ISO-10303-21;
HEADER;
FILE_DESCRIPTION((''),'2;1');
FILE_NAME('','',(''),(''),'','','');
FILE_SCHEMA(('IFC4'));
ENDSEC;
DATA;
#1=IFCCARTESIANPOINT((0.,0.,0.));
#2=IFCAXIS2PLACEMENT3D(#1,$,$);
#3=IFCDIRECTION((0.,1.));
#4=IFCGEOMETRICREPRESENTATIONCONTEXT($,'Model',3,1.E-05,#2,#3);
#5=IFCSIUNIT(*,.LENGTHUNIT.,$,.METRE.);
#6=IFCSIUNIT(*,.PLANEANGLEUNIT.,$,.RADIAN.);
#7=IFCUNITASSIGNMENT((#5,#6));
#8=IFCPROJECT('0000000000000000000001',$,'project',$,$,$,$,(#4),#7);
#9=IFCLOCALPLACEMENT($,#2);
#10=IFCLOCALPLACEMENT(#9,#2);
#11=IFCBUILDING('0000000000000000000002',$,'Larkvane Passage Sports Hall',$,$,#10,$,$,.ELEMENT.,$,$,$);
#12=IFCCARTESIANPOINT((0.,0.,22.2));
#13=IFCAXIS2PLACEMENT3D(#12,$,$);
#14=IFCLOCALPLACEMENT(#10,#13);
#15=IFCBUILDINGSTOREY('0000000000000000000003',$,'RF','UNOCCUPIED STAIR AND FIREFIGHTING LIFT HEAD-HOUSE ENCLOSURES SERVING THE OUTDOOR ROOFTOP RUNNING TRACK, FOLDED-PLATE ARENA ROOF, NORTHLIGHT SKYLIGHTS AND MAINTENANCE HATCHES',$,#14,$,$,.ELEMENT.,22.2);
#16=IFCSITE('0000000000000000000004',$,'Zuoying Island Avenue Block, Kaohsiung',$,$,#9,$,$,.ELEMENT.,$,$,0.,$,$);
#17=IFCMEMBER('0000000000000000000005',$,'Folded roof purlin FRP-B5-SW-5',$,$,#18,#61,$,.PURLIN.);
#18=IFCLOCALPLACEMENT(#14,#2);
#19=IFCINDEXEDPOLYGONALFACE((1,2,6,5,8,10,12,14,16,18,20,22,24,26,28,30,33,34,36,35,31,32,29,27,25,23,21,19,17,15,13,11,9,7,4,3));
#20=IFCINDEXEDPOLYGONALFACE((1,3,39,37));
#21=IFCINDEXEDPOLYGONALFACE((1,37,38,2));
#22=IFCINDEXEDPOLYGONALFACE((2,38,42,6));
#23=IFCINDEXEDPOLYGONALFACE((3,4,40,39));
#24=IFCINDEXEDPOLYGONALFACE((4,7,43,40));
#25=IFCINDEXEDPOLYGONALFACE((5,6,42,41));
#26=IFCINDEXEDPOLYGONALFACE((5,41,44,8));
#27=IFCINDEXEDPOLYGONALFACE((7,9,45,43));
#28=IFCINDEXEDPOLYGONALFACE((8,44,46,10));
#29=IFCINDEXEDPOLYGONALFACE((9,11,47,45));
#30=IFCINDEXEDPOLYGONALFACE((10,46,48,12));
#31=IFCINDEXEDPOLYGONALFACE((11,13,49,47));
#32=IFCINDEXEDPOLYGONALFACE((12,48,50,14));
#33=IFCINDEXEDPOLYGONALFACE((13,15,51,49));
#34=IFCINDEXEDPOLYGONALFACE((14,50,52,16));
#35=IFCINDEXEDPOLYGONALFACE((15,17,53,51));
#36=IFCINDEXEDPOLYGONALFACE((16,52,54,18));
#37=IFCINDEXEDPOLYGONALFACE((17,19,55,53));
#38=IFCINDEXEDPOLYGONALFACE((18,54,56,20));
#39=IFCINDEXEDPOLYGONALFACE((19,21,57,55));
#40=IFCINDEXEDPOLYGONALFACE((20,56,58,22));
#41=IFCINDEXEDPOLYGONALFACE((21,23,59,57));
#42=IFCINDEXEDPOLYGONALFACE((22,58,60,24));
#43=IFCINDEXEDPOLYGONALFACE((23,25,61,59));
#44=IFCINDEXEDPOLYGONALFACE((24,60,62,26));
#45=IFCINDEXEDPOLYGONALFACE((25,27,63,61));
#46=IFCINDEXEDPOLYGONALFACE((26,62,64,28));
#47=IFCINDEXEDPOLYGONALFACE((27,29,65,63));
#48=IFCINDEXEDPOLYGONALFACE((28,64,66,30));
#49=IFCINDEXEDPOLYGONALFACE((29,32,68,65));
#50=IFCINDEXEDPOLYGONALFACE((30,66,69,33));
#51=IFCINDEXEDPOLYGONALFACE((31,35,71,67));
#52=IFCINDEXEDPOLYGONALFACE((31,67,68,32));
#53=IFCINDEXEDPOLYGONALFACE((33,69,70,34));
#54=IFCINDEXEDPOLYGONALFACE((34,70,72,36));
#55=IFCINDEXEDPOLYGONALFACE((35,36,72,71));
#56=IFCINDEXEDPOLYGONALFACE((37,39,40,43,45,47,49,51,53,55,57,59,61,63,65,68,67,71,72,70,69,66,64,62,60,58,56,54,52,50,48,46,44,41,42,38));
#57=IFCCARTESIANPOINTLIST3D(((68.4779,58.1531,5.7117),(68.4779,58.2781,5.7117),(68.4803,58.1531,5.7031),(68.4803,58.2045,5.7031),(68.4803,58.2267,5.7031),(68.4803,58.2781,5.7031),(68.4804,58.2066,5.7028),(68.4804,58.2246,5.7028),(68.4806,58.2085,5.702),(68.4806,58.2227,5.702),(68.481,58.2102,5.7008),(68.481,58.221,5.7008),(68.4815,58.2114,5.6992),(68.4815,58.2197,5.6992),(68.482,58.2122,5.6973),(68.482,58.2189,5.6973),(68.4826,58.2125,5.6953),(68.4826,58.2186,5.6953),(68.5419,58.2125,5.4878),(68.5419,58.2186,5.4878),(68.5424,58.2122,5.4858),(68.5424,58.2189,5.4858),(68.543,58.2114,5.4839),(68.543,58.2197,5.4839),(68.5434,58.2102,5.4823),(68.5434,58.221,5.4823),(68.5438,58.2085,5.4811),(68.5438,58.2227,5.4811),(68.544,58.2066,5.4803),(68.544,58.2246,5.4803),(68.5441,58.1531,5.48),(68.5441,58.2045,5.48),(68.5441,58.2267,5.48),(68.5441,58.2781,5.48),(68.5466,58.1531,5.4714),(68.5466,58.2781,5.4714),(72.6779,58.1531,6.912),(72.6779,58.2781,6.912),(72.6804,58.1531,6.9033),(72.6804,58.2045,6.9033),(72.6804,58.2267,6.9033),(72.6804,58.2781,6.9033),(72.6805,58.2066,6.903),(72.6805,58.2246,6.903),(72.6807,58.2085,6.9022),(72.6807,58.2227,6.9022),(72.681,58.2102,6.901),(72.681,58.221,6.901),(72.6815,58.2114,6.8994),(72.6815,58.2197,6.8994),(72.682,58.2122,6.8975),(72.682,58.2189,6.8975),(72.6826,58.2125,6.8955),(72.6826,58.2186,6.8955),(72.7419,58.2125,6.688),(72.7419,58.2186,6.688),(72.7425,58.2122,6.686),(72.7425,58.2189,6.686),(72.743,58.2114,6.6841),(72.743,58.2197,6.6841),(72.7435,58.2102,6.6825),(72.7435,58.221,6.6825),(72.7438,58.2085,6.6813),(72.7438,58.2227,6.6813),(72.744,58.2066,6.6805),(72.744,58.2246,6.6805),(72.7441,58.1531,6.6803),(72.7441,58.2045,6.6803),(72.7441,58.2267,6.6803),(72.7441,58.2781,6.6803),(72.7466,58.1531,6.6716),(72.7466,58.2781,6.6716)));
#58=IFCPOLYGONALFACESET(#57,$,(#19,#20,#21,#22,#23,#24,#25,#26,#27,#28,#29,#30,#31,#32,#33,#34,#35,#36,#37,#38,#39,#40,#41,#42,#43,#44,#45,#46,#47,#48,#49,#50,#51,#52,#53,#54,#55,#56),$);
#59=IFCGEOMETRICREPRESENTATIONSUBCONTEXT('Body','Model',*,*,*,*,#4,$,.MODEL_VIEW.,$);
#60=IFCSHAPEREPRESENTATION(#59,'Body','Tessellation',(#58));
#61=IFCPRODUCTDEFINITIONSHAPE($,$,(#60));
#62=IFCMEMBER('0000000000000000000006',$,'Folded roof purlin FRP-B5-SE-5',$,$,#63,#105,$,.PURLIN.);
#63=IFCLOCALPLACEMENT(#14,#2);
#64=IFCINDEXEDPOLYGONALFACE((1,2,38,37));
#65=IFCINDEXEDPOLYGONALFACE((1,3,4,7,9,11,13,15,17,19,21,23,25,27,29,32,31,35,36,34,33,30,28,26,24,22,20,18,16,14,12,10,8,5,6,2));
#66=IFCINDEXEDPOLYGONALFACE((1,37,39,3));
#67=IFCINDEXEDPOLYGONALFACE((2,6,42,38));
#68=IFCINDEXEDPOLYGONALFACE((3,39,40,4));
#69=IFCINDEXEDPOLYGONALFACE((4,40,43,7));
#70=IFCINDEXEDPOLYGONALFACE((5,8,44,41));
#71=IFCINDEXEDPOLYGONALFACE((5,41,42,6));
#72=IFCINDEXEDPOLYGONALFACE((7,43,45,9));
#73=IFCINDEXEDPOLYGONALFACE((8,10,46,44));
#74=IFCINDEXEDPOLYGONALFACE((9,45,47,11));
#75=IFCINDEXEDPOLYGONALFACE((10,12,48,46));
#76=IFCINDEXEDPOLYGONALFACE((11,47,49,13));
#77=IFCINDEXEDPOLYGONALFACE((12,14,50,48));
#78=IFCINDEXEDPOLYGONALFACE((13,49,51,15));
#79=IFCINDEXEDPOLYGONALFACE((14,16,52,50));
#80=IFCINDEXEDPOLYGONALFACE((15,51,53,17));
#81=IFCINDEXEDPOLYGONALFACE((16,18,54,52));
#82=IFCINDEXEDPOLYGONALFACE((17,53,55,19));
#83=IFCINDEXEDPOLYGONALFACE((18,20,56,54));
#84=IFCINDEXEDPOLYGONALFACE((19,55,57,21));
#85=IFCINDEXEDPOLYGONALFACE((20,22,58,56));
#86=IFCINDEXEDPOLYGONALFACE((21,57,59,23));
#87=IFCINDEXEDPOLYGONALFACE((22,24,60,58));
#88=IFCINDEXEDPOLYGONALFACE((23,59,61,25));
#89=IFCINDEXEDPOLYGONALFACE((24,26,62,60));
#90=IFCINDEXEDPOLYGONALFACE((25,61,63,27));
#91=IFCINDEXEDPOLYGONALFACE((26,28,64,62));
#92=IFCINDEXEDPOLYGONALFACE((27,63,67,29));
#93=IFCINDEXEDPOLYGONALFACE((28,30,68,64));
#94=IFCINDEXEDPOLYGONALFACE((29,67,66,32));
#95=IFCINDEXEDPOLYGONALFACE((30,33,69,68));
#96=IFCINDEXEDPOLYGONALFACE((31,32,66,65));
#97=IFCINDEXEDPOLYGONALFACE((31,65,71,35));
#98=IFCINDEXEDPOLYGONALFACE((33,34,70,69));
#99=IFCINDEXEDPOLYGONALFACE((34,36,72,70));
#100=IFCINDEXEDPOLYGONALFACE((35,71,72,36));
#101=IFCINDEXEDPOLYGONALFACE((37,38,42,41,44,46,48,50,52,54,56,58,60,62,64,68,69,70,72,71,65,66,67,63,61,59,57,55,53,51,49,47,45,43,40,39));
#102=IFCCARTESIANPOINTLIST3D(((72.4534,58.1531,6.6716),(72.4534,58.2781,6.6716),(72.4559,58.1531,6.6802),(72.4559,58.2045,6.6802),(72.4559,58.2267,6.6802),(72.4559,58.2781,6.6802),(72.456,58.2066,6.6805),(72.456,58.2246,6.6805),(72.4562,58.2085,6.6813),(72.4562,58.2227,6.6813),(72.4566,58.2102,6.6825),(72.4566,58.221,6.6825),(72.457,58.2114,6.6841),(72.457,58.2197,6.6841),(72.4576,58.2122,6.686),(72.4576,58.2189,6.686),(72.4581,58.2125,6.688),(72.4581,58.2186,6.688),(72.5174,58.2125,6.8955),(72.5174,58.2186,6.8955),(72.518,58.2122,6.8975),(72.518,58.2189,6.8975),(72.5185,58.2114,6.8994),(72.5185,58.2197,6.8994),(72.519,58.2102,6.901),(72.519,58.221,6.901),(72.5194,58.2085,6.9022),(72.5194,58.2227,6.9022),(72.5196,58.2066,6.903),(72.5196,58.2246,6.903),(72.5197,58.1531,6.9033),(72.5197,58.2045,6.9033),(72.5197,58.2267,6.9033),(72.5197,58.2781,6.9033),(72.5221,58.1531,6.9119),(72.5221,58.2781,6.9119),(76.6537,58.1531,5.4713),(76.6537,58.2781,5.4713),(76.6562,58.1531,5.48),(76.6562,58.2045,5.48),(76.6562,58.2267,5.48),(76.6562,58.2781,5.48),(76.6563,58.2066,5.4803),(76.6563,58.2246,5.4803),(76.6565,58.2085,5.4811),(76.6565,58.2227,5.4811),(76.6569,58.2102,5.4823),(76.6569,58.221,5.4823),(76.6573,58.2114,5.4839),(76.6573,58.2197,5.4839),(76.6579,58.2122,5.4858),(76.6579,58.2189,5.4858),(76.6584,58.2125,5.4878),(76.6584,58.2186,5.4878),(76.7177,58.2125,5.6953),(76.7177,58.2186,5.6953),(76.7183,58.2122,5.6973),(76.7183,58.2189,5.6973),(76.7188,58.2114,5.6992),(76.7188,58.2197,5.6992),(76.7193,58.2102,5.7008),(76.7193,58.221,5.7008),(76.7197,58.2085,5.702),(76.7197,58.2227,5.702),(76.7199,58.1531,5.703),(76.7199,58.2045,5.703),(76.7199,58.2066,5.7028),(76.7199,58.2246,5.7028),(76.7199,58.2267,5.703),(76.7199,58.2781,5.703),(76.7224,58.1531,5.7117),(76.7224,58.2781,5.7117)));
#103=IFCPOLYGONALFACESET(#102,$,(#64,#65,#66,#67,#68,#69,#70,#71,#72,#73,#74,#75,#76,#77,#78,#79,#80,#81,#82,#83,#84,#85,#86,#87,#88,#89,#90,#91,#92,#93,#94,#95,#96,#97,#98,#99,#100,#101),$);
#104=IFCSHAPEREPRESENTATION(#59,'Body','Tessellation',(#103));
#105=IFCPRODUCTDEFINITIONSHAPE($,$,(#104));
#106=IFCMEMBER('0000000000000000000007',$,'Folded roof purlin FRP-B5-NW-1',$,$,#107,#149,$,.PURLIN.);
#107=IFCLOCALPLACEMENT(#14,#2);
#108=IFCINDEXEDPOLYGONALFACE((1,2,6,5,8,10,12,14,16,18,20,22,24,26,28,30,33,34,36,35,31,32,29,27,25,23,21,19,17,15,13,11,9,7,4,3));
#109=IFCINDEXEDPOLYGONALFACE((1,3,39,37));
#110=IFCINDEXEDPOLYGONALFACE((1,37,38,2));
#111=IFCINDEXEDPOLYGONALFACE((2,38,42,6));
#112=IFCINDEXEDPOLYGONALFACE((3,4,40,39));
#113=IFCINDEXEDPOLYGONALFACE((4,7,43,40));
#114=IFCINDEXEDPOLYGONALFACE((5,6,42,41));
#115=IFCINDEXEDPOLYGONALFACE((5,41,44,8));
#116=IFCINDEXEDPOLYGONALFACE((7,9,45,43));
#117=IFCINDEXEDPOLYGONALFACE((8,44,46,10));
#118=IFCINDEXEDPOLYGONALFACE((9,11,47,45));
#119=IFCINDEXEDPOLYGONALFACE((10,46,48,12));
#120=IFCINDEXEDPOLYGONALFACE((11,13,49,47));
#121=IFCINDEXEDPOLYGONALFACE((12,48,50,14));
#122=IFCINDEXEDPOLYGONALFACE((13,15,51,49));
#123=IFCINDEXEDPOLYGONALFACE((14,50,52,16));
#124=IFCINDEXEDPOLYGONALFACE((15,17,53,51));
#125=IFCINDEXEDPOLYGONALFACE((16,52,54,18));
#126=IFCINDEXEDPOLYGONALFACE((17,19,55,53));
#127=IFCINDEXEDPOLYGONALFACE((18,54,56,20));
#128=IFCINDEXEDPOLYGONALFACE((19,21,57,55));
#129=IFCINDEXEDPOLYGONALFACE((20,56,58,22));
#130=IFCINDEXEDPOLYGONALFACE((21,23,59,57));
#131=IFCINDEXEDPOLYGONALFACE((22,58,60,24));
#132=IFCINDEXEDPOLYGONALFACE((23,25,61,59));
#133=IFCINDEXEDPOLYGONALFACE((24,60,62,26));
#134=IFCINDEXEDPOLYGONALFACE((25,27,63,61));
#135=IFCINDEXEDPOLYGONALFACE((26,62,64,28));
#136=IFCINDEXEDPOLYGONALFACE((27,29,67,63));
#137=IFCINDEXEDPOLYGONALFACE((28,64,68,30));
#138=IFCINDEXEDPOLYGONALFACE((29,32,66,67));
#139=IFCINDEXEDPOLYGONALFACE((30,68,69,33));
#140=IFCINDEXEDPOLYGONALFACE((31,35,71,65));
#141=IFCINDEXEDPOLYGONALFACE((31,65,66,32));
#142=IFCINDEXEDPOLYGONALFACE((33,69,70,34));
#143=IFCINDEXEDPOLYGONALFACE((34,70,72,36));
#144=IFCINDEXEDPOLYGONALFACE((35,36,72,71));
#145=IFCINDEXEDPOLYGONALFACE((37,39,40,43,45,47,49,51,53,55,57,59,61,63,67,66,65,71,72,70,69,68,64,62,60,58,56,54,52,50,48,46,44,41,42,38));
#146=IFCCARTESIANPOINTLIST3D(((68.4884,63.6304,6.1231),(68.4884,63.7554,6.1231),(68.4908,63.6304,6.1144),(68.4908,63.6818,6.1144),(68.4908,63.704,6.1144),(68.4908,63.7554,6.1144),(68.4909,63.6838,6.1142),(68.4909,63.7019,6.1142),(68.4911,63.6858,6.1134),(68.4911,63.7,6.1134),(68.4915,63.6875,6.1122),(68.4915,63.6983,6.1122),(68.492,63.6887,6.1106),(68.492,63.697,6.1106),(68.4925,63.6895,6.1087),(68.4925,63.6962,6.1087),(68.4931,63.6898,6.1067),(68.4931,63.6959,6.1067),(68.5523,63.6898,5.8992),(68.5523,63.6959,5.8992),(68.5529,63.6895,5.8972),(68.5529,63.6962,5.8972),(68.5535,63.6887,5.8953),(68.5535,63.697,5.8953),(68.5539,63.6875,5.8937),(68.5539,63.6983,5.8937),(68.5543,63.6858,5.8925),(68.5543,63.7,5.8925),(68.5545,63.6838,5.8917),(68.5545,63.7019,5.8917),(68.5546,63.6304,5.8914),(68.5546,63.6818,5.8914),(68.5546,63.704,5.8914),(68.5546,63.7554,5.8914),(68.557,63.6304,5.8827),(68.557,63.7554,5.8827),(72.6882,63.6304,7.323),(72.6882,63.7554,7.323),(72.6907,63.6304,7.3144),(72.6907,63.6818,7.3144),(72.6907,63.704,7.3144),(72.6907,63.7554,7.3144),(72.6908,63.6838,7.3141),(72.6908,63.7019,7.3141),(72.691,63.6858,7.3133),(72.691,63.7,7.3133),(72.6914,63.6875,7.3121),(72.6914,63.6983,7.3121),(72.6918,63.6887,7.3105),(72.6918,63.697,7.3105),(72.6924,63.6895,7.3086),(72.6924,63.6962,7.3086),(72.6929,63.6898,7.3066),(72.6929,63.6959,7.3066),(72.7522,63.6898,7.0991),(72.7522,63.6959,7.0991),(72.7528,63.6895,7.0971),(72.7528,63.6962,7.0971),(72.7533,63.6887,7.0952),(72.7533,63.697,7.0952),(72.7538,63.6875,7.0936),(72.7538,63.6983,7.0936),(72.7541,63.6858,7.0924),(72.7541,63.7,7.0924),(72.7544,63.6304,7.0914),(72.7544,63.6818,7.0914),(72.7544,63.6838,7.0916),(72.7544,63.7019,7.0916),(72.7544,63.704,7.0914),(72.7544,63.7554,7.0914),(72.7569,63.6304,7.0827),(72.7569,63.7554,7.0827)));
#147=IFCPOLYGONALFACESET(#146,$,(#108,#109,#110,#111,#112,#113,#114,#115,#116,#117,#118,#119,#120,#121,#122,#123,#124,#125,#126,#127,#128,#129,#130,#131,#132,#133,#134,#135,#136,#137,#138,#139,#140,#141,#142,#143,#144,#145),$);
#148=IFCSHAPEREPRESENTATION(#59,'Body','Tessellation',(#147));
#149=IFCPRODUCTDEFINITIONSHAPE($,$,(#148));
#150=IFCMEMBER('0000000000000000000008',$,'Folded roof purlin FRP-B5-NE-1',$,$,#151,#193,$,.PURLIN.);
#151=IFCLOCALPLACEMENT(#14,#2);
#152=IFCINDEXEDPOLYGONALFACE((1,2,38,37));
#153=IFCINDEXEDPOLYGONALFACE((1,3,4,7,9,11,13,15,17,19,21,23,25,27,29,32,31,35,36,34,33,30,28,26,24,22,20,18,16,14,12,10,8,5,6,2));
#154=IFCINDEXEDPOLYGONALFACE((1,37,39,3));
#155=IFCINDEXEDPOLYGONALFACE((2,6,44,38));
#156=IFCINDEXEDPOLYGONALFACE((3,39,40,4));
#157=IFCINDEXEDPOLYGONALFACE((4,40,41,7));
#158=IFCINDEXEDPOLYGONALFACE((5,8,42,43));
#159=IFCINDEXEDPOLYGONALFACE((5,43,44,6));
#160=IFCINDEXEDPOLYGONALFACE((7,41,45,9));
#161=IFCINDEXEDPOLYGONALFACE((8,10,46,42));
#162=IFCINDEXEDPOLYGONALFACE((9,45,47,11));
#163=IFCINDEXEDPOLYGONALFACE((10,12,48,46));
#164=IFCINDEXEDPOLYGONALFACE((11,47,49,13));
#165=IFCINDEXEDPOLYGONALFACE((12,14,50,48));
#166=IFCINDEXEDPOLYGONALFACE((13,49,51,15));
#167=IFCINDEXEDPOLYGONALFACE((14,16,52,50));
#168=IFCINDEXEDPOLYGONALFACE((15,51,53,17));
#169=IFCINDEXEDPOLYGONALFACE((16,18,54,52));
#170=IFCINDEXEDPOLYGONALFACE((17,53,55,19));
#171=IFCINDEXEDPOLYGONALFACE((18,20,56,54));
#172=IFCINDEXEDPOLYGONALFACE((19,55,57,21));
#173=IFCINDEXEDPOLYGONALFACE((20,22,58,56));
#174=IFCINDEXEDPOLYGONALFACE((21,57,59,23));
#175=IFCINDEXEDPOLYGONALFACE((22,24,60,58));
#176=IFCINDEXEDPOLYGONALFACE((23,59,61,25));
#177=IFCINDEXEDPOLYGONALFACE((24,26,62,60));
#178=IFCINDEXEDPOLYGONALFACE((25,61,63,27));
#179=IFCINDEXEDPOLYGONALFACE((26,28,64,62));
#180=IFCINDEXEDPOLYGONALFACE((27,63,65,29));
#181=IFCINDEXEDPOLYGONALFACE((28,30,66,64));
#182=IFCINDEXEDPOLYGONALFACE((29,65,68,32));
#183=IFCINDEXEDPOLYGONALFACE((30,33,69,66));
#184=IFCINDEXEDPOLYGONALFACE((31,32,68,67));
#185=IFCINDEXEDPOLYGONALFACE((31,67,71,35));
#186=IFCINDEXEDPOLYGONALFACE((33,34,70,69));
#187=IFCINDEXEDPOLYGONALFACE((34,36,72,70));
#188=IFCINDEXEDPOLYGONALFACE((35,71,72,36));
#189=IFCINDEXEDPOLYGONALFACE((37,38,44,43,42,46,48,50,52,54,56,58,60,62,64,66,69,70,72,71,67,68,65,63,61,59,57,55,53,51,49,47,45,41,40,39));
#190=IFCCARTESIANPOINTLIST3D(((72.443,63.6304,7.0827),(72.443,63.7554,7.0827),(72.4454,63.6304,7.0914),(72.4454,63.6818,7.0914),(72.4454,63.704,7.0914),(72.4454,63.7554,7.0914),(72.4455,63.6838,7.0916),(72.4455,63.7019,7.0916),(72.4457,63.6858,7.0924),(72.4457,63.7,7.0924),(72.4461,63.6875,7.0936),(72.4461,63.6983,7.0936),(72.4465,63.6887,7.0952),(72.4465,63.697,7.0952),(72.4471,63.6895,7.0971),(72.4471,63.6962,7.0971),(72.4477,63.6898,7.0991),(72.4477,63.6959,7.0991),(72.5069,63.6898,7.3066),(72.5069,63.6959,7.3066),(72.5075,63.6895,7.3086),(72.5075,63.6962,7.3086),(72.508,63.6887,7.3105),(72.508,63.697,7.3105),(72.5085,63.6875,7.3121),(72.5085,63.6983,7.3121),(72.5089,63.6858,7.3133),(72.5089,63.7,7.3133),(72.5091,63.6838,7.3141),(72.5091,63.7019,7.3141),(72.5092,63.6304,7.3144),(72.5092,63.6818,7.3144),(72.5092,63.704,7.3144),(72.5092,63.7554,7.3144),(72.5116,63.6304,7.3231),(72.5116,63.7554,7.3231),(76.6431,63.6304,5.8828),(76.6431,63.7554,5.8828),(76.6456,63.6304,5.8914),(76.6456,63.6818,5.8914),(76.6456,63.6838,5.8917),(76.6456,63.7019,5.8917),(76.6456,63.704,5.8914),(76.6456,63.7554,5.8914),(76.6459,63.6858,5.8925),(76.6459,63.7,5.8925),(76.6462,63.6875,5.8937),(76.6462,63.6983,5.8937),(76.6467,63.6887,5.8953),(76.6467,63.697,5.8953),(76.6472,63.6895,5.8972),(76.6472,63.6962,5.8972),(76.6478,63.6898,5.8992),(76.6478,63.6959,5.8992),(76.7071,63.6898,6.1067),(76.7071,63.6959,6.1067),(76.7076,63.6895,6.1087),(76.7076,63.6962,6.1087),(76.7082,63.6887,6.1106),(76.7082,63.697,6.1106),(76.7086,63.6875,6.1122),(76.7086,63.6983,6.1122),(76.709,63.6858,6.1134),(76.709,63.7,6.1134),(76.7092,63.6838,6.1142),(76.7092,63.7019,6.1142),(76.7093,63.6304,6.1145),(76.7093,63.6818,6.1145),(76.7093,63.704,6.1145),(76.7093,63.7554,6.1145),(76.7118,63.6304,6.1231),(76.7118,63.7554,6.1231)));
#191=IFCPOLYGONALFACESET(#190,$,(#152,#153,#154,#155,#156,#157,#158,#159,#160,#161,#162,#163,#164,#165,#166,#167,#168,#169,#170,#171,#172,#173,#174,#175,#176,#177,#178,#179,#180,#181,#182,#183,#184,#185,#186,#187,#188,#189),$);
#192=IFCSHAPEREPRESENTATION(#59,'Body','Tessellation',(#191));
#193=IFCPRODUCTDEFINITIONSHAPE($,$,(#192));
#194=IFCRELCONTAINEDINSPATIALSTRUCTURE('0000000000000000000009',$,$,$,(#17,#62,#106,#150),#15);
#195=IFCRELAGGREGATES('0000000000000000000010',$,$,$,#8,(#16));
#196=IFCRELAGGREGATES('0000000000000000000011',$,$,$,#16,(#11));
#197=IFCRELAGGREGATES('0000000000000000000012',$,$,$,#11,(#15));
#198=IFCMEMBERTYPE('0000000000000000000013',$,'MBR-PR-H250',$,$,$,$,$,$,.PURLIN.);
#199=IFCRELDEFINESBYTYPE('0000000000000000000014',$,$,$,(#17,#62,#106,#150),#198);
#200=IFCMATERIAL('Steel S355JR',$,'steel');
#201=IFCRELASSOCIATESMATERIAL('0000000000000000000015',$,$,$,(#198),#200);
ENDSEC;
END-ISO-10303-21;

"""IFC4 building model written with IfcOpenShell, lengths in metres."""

from ifc_helpers import new_model, si_unit, direction, frame, origin, origin_2d, place, context, subcontext, project, spatial, i_section, extrude, material, material_profile, profile_set, type_object, element, save


model = new_model("IFC4")

# Units and contexts
model_context = context("Model", 3, precision=1e-05, world=origin(), true_north=direction((0.0, 1.0)))
body_context = subcontext(model_context, "Body", "Model", "MODEL_VIEW")
ifc_project = project(units=[si_unit("LENGTHUNIT", "METRE"), si_unit("PLANEANGLEUNIT", "RADIAN")], contexts=[model_context])

# Site, building, storey
site_placement = place(None, origin())
site = spatial("IfcSite", under=ifc_project, at=site_placement, Name="Zuoying Island Avenue Block, Kaohsiung", CompositionType="ELEMENT", RefElevation=0.0)
building_placement = place(site_placement, origin())
building = spatial("IfcBuilding", under=site, at=building_placement, Name="Larkvane Passage Sports Hall", CompositionType="ELEMENT")
storey_placement = place(building_placement, frame((0.0, 0.0, 22.2)))
storey = spatial("IfcBuildingStorey", under=building, at=storey_placement, Name="RF", Description="UNOCCUPIED STAIR AND FIREFIGHTING LIFT HEAD-HOUSE ENCLOSURES SERVING THE OUTDOOR ROOFTOP RUNNING TRACK, FOLDED-PLATE ARENA ROOF, NORTHLIGHT SKYLIGHTS AND MAINTENANCE HATCHES", CompositionType="ELEMENT", Elevation=22.2)

# Members
ifc_material_1 = material(Name="Steel S355JR", Category="steel")
ifc_material_profile_1 = material_profile(ifc_material_1, i_section(OverallWidth=0.125, OverallDepth=0.25, WebThickness=0.0061, FlangeThickness=0.009, FilletRadius=0.0081, at=origin_2d()), Name="H-250x125x6x9")
ifc_profile_set_1 = profile_set([ifc_material_profile_1], Name="Steel S355JR")
member_type_1 = type_object("IfcMemberType", Name="MBR-PR-H250", PredefinedType="PURLIN", material=ifc_profile_set_1)
member_1_placement = place(storey_placement, frame((68.5122, 58.2156, 5.5916), z_axis=(0.961511, 0.0, 0.274765), x_axis=(0.0, 1.0, 0.0)))
element("IfcMember", 1, at=member_1_placement, inside=storey, type_object=member_type_1, Name="Folded roof purlin FRP-B5-SW-5", PredefinedType="PURLIN", context=body_context, shape_type="SweptSolid", body=[
    extrude(i_section(OverallWidth=0.125, OverallDepth=0.25, WebThickness=0.0061, FlangeThickness=0.009, FilletRadius=0.0081, at=origin_2d()), origin(), (0.0, 0.0, 1.0), 4.3682),
])
member_2_placement = place(storey_placement, frame((72.4878, 58.2156, 6.7917), z_axis=(0.961516, 0.0, -0.274751), x_axis=(0.0, 1.0, 0.0)))
element("IfcMember", 2, at=member_2_placement, inside=storey, type_object=member_type_1, Name="Folded roof purlin FRP-B5-SE-5", PredefinedType="PURLIN", context=body_context, shape_type="SweptSolid", body=[
    extrude(i_section(OverallWidth=0.125, OverallDepth=0.25, WebThickness=0.0061, FlangeThickness=0.009, FilletRadius=0.0081, at=origin_2d()), origin(), (0.0, 0.0, 1.0), 4.3684),
])
member_3_placement = place(storey_placement, frame((68.5227, 63.6929, 6.0029), z_axis=(0.961526, 0.0, 0.274714), x_axis=(0.0, 1.0, 0.0)))
element("IfcMember", 3, at=member_3_placement, inside=storey, type_object=member_type_1, Name="Folded roof purlin FRP-B5-NW-1", PredefinedType="PURLIN", context=body_context, shape_type="SweptSolid", body=[
    extrude(i_section(OverallWidth=0.125, OverallDepth=0.25, WebThickness=0.0061, FlangeThickness=0.009, FilletRadius=0.0081, at=origin_2d()), origin(), (0.0, 0.0, 1.0), 4.3679),
])
member_4_placement = place(storey_placement, frame((72.4773, 63.6929, 7.2029), z_axis=(0.96153, 0.0, -0.274699), x_axis=(0.0, 1.0, 0.0)))
element("IfcMember", 4, at=member_4_placement, inside=storey, type_object=member_type_1, Name="Folded roof purlin FRP-B5-NE-1", PredefinedType="PURLIN", context=body_context, shape_type="SweptSolid", body=[
    extrude(i_section(OverallWidth=0.125, OverallDepth=0.25, WebThickness=0.0061, FlangeThickness=0.009, FilletRadius=0.0081, at=origin_2d()), origin(), (0.0, 0.0, 1.0), 4.3682),
])

save(model, "model.ifc")
